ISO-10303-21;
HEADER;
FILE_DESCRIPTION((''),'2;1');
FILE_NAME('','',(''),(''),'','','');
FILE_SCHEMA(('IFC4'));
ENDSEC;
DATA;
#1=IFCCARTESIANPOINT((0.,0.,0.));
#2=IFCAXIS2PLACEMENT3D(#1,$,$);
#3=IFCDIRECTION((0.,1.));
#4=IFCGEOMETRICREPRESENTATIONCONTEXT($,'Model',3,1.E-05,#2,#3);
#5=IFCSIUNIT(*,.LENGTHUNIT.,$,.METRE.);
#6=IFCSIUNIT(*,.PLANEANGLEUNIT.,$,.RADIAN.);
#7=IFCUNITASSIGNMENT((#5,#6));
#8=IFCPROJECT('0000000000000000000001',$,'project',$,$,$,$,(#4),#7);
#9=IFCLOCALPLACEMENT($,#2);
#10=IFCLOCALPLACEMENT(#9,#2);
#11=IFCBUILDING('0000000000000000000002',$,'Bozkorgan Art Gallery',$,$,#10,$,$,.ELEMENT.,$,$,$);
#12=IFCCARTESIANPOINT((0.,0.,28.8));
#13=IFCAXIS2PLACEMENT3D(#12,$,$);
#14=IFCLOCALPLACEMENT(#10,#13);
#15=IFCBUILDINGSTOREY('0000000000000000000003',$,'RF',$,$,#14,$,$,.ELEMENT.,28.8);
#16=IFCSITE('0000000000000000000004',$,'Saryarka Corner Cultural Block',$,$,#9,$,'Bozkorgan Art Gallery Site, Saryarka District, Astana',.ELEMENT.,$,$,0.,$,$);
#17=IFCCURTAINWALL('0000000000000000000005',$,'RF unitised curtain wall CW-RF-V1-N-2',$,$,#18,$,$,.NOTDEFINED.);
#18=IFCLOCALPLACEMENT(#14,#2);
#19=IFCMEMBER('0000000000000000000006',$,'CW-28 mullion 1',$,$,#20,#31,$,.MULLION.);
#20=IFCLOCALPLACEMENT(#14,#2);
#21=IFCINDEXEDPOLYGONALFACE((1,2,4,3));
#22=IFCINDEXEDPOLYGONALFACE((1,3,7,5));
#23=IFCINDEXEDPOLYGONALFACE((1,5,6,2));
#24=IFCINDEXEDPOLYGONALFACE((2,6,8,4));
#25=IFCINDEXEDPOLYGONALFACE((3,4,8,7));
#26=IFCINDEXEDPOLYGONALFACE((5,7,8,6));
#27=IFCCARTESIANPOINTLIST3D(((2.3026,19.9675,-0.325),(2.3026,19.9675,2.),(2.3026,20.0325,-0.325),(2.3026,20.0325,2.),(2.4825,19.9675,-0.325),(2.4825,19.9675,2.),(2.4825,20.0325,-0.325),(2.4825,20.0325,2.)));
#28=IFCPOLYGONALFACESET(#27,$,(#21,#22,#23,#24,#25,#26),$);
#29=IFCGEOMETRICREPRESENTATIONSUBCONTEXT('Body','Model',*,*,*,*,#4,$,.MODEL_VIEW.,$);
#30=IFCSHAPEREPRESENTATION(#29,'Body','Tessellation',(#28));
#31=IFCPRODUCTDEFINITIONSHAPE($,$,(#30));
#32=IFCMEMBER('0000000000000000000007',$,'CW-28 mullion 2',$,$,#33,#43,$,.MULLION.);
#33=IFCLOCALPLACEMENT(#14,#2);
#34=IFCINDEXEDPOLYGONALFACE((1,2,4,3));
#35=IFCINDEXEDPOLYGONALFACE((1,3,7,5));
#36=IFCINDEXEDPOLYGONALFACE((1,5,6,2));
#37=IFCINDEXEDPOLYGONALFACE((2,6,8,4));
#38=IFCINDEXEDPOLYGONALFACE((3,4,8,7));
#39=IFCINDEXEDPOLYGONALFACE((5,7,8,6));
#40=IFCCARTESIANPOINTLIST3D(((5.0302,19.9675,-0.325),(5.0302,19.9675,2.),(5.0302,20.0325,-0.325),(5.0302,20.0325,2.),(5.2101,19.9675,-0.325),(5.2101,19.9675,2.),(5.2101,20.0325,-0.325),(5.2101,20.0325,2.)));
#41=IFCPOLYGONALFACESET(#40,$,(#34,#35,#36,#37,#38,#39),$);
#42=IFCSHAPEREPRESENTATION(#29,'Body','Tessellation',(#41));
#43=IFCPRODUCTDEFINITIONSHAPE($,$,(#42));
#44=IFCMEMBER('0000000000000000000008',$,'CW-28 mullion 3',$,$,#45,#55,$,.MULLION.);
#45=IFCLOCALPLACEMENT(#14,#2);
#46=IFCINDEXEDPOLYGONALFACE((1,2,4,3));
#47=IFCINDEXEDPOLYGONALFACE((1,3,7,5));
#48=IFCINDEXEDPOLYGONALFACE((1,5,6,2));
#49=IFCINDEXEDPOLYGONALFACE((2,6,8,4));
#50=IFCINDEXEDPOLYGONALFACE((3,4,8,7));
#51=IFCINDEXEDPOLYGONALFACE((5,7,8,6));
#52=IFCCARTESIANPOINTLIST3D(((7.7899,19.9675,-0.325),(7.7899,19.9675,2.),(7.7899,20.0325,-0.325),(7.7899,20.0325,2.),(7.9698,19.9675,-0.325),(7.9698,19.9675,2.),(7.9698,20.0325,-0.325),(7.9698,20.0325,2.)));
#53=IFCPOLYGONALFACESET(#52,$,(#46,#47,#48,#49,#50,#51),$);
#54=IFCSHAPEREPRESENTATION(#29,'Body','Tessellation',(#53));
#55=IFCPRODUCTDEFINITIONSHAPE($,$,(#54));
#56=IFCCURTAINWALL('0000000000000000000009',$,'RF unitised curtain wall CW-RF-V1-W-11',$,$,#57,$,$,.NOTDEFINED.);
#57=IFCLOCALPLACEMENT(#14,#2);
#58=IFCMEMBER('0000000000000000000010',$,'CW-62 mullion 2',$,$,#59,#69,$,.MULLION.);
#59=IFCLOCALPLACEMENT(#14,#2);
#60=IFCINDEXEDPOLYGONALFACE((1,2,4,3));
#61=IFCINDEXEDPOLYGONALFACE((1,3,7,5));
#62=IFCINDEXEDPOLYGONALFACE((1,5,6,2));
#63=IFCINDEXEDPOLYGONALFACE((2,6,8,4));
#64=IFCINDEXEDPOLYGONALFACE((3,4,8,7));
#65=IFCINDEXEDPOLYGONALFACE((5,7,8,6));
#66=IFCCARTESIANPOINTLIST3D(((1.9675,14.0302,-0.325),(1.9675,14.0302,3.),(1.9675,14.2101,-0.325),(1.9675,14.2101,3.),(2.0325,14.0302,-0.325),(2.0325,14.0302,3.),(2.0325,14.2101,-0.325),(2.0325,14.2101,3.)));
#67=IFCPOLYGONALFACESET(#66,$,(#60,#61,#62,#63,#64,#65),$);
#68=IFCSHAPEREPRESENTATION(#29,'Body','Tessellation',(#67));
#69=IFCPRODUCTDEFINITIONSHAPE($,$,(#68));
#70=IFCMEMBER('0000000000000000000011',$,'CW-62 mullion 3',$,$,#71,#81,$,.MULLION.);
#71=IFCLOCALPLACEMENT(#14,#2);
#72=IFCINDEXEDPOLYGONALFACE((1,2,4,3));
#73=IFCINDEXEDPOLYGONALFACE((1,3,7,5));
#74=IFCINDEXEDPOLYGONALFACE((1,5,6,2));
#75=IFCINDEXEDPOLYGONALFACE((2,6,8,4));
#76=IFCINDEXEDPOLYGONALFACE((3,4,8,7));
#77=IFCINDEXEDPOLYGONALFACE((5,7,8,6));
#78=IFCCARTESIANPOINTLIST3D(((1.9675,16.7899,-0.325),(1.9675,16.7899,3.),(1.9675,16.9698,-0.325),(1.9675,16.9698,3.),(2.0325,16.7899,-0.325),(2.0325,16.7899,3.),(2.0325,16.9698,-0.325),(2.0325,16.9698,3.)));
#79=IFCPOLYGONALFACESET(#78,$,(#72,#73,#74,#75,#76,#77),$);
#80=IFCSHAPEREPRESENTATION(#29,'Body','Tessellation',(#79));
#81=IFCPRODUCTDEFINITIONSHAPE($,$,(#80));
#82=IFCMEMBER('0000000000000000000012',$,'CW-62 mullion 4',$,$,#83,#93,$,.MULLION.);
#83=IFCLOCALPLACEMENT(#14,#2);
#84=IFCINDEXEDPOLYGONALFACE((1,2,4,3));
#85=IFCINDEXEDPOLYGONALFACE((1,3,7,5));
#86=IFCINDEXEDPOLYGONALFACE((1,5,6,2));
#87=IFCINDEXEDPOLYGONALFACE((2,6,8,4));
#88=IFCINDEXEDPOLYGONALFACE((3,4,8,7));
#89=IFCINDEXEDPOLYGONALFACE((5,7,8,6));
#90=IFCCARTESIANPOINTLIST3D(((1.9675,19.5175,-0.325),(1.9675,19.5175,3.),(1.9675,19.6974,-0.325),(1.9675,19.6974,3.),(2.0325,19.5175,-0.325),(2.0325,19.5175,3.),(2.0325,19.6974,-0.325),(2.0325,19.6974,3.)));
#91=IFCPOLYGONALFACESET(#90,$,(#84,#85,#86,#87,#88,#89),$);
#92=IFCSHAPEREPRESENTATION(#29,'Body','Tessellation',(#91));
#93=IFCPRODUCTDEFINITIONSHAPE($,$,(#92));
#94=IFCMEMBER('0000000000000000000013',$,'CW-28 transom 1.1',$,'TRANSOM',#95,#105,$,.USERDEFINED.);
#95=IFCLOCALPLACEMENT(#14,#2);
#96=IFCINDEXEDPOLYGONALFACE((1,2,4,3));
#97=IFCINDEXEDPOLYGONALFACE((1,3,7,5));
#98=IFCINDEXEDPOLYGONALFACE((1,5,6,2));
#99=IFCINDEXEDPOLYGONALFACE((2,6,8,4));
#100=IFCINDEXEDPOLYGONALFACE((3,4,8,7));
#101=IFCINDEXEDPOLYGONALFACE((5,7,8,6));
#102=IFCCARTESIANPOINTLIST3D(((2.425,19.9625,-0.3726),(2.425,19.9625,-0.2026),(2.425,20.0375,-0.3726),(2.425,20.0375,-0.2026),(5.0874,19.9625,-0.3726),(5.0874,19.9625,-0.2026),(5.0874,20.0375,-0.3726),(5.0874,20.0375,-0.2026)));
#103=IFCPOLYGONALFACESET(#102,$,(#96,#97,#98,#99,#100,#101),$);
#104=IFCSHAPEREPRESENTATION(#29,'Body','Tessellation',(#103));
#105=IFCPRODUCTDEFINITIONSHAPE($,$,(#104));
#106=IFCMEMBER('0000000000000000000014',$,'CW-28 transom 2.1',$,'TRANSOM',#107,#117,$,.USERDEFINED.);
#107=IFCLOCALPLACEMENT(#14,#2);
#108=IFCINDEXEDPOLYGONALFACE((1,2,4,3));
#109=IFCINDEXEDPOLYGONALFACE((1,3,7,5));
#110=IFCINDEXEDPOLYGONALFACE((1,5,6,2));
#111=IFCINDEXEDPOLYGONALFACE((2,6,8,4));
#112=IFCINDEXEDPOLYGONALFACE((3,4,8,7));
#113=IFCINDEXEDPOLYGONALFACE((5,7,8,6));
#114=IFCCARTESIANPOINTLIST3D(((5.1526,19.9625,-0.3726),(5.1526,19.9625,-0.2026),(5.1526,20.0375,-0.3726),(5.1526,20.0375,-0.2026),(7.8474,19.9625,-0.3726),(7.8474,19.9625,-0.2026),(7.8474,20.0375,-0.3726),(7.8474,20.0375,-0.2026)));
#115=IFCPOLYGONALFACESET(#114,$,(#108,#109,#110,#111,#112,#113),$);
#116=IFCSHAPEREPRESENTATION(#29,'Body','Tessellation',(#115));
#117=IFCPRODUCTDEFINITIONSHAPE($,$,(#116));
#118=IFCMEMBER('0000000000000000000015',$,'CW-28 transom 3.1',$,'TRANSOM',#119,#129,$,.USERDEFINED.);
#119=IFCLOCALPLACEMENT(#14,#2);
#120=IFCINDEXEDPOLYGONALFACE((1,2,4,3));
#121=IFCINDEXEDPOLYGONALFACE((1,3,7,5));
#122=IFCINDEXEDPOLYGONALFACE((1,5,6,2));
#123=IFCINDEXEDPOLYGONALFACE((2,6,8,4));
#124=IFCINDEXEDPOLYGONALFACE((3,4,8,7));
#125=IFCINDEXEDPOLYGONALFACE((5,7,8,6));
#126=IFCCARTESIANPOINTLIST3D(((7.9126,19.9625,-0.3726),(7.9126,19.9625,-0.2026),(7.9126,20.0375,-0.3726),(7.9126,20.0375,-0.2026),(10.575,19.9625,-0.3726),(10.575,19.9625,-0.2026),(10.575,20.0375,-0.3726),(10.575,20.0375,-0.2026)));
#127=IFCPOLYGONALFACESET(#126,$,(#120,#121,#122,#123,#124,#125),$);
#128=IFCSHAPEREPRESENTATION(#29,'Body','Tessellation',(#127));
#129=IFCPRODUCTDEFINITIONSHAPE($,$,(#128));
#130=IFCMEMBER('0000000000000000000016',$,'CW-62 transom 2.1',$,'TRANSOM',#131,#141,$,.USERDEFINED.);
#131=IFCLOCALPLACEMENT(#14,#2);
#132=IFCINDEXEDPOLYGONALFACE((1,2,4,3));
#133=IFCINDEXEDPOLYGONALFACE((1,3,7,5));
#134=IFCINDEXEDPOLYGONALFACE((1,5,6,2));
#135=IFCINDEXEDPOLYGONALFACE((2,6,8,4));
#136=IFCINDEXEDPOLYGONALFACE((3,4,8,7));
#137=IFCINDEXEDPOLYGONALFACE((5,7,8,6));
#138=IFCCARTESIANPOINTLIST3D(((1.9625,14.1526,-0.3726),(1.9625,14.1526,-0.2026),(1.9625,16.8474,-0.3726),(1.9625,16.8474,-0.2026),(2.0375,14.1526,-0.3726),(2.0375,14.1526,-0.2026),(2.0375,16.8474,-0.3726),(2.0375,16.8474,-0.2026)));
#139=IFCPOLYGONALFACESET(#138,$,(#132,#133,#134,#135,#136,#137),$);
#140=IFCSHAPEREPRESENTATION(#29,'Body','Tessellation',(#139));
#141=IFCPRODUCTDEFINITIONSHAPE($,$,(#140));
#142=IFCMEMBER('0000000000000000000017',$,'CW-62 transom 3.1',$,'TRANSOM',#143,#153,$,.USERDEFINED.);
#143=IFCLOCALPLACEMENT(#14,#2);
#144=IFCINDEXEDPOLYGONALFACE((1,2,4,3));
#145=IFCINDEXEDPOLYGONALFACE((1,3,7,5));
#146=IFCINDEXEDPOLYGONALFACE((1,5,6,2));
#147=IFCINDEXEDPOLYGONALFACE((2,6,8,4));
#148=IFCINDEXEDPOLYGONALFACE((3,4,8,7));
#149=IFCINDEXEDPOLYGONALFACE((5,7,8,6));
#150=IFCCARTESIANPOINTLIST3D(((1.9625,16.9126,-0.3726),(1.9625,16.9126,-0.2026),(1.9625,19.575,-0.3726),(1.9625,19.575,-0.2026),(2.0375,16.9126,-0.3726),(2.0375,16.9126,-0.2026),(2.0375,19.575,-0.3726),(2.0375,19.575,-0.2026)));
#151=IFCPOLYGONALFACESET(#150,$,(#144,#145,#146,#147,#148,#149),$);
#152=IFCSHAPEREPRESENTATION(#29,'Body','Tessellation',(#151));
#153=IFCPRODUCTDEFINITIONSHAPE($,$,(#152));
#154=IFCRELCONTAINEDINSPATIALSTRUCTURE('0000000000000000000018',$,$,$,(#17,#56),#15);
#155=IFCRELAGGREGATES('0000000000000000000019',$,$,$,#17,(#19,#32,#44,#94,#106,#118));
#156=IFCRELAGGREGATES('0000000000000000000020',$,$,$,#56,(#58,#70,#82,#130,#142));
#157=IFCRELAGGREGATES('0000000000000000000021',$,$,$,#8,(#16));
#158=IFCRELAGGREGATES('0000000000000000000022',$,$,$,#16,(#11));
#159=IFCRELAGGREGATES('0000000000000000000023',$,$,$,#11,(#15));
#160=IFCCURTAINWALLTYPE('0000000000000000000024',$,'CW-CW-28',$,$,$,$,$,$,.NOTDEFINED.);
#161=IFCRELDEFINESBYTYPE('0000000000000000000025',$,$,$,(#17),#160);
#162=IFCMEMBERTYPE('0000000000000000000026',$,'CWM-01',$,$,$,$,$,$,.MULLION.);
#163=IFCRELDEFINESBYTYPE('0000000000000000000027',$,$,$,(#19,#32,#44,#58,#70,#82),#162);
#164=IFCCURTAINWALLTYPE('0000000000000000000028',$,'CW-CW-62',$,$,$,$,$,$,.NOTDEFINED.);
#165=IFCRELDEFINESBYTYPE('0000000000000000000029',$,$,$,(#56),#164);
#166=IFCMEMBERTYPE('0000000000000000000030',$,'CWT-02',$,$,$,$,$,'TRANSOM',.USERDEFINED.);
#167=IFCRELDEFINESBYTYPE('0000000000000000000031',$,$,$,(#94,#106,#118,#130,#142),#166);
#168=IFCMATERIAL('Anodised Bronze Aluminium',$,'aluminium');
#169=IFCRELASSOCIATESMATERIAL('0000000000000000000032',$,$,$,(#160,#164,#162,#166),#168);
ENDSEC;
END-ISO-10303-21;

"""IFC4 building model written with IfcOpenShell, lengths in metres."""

from ifc_helpers import new_model, si_unit, direction, frame, origin, origin_2d, place, context, subcontext, project, spatial, rectangle, extrude, material, material_profile, profile_set, type_object, element, aggregate, save


model = new_model("IFC4")

# Units and contexts
model_context = context("Model", 3, precision=1e-05, world=origin(), true_north=direction((0.0, 1.0)))
body_context = subcontext(model_context, "Body", "Model", "MODEL_VIEW")
ifc_project = project(units=[si_unit("LENGTHUNIT", "METRE"), si_unit("PLANEANGLEUNIT", "RADIAN")], contexts=[model_context])

# Site, building, storey
site_placement = place(None, origin())
site = spatial("IfcSite", under=ifc_project, at=site_placement, Name="Saryarka Corner Cultural Block", LongName="Bozkorgan Art Gallery Site, Saryarka District, Astana", CompositionType="ELEMENT", RefElevation=0.0)
building_placement = place(site_placement, origin())
building = spatial("IfcBuilding", under=site, at=building_placement, Name="Bozkorgan Art Gallery", CompositionType="ELEMENT")
storey_placement = place(building_placement, frame((0.0, 0.0, 28.8)))
storey = spatial("IfcBuildingStorey", under=building, at=storey_placement, Name="RF", CompositionType="ELEMENT", Elevation=28.8)

# Curtain walls, members
ifc_material_1 = material(Name="Anodised Bronze Aluminium", Category="aluminium")
curtain_wall_type_1 = type_object("IfcCurtainWallType", Name="CW-CW-28", PredefinedType="NOTDEFINED", material=ifc_material_1)
curtain_wall_1_placement = place(storey_placement, origin())
curtain_wall_1 = element("IfcCurtainWall", 1, at=curtain_wall_1_placement, inside=storey, type_object=curtain_wall_type_1, Name="RF unitised curtain wall CW-RF-V1-N-2", PredefinedType="NOTDEFINED")
ifc_material_profile_1 = material_profile(ifc_material_1, rectangle(XDim=0.0649, YDim=0.1799, at=origin_2d()), Name="ALU MULLION 65x180")
ifc_profile_set_1 = profile_set([ifc_material_profile_1], Name="Anodised Bronze Aluminium")
member_type_1 = type_object("IfcMemberType", Name="CWM-01", PredefinedType="MULLION", material=ifc_profile_set_1)
member_1_placement = place(storey_placement, frame((2.3926, 20.0, -0.325), z_axis=(0.0, 0.0, 1.0), x_axis=(0.0, 1.0, 0.0)))
member_1 = element("IfcMember", 2, at=member_1_placement, type_object=member_type_1, Name="CW-28 mullion 1", PredefinedType="MULLION", context=body_context, shape_type="SweptSolid", body=[
    extrude(rectangle(XDim=0.0649, YDim=0.1799, at=origin_2d()), origin(), (0.0, 0.0, 1.0), 2.325),
])
member_2_placement = place(storey_placement, frame((5.1201, 20.0, -0.325), z_axis=(0.0, 0.0, 1.0), x_axis=(0.0, 1.0, 0.0)))
member_2 = element("IfcMember", 3, at=member_2_placement, type_object=member_type_1, Name="CW-28 mullion 2", PredefinedType="MULLION", context=body_context, shape_type="SweptSolid", body=[
    extrude(rectangle(XDim=0.0649, YDim=0.1799, at=origin_2d()), origin(), (0.0, 0.0, 1.0), 2.325),
])
member_3_placement = place(storey_placement, frame((7.8799, 20.0, -0.325), z_axis=(0.0, 0.0, 1.0), x_axis=(0.0, 1.0, 0.0)))
member_3 = element("IfcMember", 4, at=member_3_placement, type_object=member_type_1, Name="CW-28 mullion 3", PredefinedType="MULLION", context=body_context, shape_type="SweptSolid", body=[
    extrude(rectangle(XDim=0.0649, YDim=0.1799, at=origin_2d()), origin(), (0.0, 0.0, 1.0), 2.325),
])
curtain_wall_type_2 = type_object("IfcCurtainWallType", Name="CW-CW-62", PredefinedType="NOTDEFINED", material=ifc_material_1)
curtain_wall_2_placement = place(storey_placement, origin())
curtain_wall_2 = element("IfcCurtainWall", 5, at=curtain_wall_2_placement, inside=storey, type_object=curtain_wall_type_2, Name="RF unitised curtain wall CW-RF-V1-W-11", PredefinedType="NOTDEFINED")
member_4_placement = place(storey_placement, frame((2.0, 14.1201, -0.325), z_axis=(0.0, 0.0, 1.0), x_axis=(-1.0, 0.0, 0.0)))
member_4 = element("IfcMember", 6, at=member_4_placement, type_object=member_type_1, Name="CW-62 mullion 2", PredefinedType="MULLION", context=body_context, shape_type="SweptSolid", body=[
    extrude(rectangle(XDim=0.0649, YDim=0.1799, at=origin_2d()), origin(), (0.0, 0.0, 1.0), 3.325),
])
member_5_placement = place(storey_placement, frame((2.0, 16.8799, -0.325), z_axis=(0.0, 0.0, 1.0), x_axis=(-1.0, 0.0, 0.0)))
member_5 = element("IfcMember", 7, at=member_5_placement, type_object=member_type_1, Name="CW-62 mullion 3", PredefinedType="MULLION", context=body_context, shape_type="SweptSolid", body=[
    extrude(rectangle(XDim=0.0649, YDim=0.1799, at=origin_2d()), origin(), (0.0, 0.0, 1.0), 3.325),
])
member_6_placement = place(storey_placement, frame((2.0, 19.6074, -0.325), z_axis=(0.0, 0.0, 1.0), x_axis=(-1.0, 0.0, 0.0)))
member_6 = element("IfcMember", 8, at=member_6_placement, type_object=member_type_1, Name="CW-62 mullion 4", PredefinedType="MULLION", context=body_context, shape_type="SweptSolid", body=[
    extrude(rectangle(XDim=0.0649, YDim=0.1799, at=origin_2d()), origin(), (0.0, 0.0, 1.0), 3.325),
])

# Members
ifc_material_profile_2 = material_profile(ifc_material_1, rectangle(XDim=0.075, YDim=0.1699, at=origin_2d()), Name="ALU TRANSOM 75x170")
ifc_profile_set_2 = profile_set([ifc_material_profile_2], Name="Anodised Bronze Aluminium")
member_type_2 = type_object("IfcMemberType", Name="CWT-02", ElementType="TRANSOM", PredefinedType="USERDEFINED", material=ifc_profile_set_2)
member_7_placement = place(storey_placement, frame((2.425, 20.0, -0.2876), z_axis=(1.0, 0.0, 0.0), x_axis=(0.0, 1.0, 0.0)))
member_7 = element("IfcMember", 9, at=member_7_placement, type_object=member_type_2, Name="CW-28 transom 1.1", ObjectType="TRANSOM", PredefinedType="USERDEFINED", context=body_context, shape_type="SweptSolid", body=[
    extrude(rectangle(XDim=0.075, YDim=0.1699, at=origin_2d()), origin(), (0.0, 0.0, 1.0), 2.6624),
])
member_8_placement = place(storey_placement, frame((5.1526, 20.0, -0.2876), z_axis=(1.0, 0.0, 0.0), x_axis=(0.0, 1.0, 0.0)))
member_8 = element("IfcMember", 10, at=member_8_placement, type_object=member_type_2, Name="CW-28 transom 2.1", ObjectType="TRANSOM", PredefinedType="USERDEFINED", context=body_context, shape_type="SweptSolid", body=[
    extrude(rectangle(XDim=0.075, YDim=0.1699, at=origin_2d()), origin(), (0.0, 0.0, 1.0), 2.6948),
])
member_9_placement = place(storey_placement, frame((7.9126, 20.0, -0.2876), z_axis=(1.0, 0.0, 0.0), x_axis=(0.0, 1.0, 0.0)))
member_9 = element("IfcMember", 11, at=member_9_placement, type_object=member_type_2, Name="CW-28 transom 3.1", ObjectType="TRANSOM", PredefinedType="USERDEFINED", context=body_context, shape_type="SweptSolid", body=[
    extrude(rectangle(XDim=0.075, YDim=0.1699, at=origin_2d()), origin(), (0.0, 0.0, 1.0), 2.6624),
])
member_10_placement = place(storey_placement, frame((2.0, 14.1526, -0.2876), z_axis=(0.0, 1.0, 0.0), x_axis=(-1.0, 0.0, 0.0)))
member_10 = element("IfcMember", 12, at=member_10_placement, type_object=member_type_2, Name="CW-62 transom 2.1", ObjectType="TRANSOM", PredefinedType="USERDEFINED", context=body_context, shape_type="SweptSolid", body=[
    extrude(rectangle(XDim=0.075, YDim=0.1699, at=origin_2d()), origin(), (0.0, 0.0, 1.0), 2.6948),
])
member_11_placement = place(storey_placement, frame((2.0, 16.9126, -0.2876), z_axis=(0.0, 1.0, 0.0), x_axis=(-1.0, 0.0, 0.0)))
member_11 = element("IfcMember", 13, at=member_11_placement, type_object=member_type_2, Name="CW-62 transom 3.1", ObjectType="TRANSOM", PredefinedType="USERDEFINED", context=body_context, shape_type="SweptSolid", body=[
    extrude(rectangle(XDim=0.075, YDim=0.1699, at=origin_2d()), origin(), (0.0, 0.0, 1.0), 2.6624),
])

aggregate(curtain_wall_1, [member_1, member_2, member_3, member_7, member_8, member_9])
aggregate(curtain_wall_2, [member_4, member_5, member_6, member_10, member_11])

save(model, "model.ifc")
